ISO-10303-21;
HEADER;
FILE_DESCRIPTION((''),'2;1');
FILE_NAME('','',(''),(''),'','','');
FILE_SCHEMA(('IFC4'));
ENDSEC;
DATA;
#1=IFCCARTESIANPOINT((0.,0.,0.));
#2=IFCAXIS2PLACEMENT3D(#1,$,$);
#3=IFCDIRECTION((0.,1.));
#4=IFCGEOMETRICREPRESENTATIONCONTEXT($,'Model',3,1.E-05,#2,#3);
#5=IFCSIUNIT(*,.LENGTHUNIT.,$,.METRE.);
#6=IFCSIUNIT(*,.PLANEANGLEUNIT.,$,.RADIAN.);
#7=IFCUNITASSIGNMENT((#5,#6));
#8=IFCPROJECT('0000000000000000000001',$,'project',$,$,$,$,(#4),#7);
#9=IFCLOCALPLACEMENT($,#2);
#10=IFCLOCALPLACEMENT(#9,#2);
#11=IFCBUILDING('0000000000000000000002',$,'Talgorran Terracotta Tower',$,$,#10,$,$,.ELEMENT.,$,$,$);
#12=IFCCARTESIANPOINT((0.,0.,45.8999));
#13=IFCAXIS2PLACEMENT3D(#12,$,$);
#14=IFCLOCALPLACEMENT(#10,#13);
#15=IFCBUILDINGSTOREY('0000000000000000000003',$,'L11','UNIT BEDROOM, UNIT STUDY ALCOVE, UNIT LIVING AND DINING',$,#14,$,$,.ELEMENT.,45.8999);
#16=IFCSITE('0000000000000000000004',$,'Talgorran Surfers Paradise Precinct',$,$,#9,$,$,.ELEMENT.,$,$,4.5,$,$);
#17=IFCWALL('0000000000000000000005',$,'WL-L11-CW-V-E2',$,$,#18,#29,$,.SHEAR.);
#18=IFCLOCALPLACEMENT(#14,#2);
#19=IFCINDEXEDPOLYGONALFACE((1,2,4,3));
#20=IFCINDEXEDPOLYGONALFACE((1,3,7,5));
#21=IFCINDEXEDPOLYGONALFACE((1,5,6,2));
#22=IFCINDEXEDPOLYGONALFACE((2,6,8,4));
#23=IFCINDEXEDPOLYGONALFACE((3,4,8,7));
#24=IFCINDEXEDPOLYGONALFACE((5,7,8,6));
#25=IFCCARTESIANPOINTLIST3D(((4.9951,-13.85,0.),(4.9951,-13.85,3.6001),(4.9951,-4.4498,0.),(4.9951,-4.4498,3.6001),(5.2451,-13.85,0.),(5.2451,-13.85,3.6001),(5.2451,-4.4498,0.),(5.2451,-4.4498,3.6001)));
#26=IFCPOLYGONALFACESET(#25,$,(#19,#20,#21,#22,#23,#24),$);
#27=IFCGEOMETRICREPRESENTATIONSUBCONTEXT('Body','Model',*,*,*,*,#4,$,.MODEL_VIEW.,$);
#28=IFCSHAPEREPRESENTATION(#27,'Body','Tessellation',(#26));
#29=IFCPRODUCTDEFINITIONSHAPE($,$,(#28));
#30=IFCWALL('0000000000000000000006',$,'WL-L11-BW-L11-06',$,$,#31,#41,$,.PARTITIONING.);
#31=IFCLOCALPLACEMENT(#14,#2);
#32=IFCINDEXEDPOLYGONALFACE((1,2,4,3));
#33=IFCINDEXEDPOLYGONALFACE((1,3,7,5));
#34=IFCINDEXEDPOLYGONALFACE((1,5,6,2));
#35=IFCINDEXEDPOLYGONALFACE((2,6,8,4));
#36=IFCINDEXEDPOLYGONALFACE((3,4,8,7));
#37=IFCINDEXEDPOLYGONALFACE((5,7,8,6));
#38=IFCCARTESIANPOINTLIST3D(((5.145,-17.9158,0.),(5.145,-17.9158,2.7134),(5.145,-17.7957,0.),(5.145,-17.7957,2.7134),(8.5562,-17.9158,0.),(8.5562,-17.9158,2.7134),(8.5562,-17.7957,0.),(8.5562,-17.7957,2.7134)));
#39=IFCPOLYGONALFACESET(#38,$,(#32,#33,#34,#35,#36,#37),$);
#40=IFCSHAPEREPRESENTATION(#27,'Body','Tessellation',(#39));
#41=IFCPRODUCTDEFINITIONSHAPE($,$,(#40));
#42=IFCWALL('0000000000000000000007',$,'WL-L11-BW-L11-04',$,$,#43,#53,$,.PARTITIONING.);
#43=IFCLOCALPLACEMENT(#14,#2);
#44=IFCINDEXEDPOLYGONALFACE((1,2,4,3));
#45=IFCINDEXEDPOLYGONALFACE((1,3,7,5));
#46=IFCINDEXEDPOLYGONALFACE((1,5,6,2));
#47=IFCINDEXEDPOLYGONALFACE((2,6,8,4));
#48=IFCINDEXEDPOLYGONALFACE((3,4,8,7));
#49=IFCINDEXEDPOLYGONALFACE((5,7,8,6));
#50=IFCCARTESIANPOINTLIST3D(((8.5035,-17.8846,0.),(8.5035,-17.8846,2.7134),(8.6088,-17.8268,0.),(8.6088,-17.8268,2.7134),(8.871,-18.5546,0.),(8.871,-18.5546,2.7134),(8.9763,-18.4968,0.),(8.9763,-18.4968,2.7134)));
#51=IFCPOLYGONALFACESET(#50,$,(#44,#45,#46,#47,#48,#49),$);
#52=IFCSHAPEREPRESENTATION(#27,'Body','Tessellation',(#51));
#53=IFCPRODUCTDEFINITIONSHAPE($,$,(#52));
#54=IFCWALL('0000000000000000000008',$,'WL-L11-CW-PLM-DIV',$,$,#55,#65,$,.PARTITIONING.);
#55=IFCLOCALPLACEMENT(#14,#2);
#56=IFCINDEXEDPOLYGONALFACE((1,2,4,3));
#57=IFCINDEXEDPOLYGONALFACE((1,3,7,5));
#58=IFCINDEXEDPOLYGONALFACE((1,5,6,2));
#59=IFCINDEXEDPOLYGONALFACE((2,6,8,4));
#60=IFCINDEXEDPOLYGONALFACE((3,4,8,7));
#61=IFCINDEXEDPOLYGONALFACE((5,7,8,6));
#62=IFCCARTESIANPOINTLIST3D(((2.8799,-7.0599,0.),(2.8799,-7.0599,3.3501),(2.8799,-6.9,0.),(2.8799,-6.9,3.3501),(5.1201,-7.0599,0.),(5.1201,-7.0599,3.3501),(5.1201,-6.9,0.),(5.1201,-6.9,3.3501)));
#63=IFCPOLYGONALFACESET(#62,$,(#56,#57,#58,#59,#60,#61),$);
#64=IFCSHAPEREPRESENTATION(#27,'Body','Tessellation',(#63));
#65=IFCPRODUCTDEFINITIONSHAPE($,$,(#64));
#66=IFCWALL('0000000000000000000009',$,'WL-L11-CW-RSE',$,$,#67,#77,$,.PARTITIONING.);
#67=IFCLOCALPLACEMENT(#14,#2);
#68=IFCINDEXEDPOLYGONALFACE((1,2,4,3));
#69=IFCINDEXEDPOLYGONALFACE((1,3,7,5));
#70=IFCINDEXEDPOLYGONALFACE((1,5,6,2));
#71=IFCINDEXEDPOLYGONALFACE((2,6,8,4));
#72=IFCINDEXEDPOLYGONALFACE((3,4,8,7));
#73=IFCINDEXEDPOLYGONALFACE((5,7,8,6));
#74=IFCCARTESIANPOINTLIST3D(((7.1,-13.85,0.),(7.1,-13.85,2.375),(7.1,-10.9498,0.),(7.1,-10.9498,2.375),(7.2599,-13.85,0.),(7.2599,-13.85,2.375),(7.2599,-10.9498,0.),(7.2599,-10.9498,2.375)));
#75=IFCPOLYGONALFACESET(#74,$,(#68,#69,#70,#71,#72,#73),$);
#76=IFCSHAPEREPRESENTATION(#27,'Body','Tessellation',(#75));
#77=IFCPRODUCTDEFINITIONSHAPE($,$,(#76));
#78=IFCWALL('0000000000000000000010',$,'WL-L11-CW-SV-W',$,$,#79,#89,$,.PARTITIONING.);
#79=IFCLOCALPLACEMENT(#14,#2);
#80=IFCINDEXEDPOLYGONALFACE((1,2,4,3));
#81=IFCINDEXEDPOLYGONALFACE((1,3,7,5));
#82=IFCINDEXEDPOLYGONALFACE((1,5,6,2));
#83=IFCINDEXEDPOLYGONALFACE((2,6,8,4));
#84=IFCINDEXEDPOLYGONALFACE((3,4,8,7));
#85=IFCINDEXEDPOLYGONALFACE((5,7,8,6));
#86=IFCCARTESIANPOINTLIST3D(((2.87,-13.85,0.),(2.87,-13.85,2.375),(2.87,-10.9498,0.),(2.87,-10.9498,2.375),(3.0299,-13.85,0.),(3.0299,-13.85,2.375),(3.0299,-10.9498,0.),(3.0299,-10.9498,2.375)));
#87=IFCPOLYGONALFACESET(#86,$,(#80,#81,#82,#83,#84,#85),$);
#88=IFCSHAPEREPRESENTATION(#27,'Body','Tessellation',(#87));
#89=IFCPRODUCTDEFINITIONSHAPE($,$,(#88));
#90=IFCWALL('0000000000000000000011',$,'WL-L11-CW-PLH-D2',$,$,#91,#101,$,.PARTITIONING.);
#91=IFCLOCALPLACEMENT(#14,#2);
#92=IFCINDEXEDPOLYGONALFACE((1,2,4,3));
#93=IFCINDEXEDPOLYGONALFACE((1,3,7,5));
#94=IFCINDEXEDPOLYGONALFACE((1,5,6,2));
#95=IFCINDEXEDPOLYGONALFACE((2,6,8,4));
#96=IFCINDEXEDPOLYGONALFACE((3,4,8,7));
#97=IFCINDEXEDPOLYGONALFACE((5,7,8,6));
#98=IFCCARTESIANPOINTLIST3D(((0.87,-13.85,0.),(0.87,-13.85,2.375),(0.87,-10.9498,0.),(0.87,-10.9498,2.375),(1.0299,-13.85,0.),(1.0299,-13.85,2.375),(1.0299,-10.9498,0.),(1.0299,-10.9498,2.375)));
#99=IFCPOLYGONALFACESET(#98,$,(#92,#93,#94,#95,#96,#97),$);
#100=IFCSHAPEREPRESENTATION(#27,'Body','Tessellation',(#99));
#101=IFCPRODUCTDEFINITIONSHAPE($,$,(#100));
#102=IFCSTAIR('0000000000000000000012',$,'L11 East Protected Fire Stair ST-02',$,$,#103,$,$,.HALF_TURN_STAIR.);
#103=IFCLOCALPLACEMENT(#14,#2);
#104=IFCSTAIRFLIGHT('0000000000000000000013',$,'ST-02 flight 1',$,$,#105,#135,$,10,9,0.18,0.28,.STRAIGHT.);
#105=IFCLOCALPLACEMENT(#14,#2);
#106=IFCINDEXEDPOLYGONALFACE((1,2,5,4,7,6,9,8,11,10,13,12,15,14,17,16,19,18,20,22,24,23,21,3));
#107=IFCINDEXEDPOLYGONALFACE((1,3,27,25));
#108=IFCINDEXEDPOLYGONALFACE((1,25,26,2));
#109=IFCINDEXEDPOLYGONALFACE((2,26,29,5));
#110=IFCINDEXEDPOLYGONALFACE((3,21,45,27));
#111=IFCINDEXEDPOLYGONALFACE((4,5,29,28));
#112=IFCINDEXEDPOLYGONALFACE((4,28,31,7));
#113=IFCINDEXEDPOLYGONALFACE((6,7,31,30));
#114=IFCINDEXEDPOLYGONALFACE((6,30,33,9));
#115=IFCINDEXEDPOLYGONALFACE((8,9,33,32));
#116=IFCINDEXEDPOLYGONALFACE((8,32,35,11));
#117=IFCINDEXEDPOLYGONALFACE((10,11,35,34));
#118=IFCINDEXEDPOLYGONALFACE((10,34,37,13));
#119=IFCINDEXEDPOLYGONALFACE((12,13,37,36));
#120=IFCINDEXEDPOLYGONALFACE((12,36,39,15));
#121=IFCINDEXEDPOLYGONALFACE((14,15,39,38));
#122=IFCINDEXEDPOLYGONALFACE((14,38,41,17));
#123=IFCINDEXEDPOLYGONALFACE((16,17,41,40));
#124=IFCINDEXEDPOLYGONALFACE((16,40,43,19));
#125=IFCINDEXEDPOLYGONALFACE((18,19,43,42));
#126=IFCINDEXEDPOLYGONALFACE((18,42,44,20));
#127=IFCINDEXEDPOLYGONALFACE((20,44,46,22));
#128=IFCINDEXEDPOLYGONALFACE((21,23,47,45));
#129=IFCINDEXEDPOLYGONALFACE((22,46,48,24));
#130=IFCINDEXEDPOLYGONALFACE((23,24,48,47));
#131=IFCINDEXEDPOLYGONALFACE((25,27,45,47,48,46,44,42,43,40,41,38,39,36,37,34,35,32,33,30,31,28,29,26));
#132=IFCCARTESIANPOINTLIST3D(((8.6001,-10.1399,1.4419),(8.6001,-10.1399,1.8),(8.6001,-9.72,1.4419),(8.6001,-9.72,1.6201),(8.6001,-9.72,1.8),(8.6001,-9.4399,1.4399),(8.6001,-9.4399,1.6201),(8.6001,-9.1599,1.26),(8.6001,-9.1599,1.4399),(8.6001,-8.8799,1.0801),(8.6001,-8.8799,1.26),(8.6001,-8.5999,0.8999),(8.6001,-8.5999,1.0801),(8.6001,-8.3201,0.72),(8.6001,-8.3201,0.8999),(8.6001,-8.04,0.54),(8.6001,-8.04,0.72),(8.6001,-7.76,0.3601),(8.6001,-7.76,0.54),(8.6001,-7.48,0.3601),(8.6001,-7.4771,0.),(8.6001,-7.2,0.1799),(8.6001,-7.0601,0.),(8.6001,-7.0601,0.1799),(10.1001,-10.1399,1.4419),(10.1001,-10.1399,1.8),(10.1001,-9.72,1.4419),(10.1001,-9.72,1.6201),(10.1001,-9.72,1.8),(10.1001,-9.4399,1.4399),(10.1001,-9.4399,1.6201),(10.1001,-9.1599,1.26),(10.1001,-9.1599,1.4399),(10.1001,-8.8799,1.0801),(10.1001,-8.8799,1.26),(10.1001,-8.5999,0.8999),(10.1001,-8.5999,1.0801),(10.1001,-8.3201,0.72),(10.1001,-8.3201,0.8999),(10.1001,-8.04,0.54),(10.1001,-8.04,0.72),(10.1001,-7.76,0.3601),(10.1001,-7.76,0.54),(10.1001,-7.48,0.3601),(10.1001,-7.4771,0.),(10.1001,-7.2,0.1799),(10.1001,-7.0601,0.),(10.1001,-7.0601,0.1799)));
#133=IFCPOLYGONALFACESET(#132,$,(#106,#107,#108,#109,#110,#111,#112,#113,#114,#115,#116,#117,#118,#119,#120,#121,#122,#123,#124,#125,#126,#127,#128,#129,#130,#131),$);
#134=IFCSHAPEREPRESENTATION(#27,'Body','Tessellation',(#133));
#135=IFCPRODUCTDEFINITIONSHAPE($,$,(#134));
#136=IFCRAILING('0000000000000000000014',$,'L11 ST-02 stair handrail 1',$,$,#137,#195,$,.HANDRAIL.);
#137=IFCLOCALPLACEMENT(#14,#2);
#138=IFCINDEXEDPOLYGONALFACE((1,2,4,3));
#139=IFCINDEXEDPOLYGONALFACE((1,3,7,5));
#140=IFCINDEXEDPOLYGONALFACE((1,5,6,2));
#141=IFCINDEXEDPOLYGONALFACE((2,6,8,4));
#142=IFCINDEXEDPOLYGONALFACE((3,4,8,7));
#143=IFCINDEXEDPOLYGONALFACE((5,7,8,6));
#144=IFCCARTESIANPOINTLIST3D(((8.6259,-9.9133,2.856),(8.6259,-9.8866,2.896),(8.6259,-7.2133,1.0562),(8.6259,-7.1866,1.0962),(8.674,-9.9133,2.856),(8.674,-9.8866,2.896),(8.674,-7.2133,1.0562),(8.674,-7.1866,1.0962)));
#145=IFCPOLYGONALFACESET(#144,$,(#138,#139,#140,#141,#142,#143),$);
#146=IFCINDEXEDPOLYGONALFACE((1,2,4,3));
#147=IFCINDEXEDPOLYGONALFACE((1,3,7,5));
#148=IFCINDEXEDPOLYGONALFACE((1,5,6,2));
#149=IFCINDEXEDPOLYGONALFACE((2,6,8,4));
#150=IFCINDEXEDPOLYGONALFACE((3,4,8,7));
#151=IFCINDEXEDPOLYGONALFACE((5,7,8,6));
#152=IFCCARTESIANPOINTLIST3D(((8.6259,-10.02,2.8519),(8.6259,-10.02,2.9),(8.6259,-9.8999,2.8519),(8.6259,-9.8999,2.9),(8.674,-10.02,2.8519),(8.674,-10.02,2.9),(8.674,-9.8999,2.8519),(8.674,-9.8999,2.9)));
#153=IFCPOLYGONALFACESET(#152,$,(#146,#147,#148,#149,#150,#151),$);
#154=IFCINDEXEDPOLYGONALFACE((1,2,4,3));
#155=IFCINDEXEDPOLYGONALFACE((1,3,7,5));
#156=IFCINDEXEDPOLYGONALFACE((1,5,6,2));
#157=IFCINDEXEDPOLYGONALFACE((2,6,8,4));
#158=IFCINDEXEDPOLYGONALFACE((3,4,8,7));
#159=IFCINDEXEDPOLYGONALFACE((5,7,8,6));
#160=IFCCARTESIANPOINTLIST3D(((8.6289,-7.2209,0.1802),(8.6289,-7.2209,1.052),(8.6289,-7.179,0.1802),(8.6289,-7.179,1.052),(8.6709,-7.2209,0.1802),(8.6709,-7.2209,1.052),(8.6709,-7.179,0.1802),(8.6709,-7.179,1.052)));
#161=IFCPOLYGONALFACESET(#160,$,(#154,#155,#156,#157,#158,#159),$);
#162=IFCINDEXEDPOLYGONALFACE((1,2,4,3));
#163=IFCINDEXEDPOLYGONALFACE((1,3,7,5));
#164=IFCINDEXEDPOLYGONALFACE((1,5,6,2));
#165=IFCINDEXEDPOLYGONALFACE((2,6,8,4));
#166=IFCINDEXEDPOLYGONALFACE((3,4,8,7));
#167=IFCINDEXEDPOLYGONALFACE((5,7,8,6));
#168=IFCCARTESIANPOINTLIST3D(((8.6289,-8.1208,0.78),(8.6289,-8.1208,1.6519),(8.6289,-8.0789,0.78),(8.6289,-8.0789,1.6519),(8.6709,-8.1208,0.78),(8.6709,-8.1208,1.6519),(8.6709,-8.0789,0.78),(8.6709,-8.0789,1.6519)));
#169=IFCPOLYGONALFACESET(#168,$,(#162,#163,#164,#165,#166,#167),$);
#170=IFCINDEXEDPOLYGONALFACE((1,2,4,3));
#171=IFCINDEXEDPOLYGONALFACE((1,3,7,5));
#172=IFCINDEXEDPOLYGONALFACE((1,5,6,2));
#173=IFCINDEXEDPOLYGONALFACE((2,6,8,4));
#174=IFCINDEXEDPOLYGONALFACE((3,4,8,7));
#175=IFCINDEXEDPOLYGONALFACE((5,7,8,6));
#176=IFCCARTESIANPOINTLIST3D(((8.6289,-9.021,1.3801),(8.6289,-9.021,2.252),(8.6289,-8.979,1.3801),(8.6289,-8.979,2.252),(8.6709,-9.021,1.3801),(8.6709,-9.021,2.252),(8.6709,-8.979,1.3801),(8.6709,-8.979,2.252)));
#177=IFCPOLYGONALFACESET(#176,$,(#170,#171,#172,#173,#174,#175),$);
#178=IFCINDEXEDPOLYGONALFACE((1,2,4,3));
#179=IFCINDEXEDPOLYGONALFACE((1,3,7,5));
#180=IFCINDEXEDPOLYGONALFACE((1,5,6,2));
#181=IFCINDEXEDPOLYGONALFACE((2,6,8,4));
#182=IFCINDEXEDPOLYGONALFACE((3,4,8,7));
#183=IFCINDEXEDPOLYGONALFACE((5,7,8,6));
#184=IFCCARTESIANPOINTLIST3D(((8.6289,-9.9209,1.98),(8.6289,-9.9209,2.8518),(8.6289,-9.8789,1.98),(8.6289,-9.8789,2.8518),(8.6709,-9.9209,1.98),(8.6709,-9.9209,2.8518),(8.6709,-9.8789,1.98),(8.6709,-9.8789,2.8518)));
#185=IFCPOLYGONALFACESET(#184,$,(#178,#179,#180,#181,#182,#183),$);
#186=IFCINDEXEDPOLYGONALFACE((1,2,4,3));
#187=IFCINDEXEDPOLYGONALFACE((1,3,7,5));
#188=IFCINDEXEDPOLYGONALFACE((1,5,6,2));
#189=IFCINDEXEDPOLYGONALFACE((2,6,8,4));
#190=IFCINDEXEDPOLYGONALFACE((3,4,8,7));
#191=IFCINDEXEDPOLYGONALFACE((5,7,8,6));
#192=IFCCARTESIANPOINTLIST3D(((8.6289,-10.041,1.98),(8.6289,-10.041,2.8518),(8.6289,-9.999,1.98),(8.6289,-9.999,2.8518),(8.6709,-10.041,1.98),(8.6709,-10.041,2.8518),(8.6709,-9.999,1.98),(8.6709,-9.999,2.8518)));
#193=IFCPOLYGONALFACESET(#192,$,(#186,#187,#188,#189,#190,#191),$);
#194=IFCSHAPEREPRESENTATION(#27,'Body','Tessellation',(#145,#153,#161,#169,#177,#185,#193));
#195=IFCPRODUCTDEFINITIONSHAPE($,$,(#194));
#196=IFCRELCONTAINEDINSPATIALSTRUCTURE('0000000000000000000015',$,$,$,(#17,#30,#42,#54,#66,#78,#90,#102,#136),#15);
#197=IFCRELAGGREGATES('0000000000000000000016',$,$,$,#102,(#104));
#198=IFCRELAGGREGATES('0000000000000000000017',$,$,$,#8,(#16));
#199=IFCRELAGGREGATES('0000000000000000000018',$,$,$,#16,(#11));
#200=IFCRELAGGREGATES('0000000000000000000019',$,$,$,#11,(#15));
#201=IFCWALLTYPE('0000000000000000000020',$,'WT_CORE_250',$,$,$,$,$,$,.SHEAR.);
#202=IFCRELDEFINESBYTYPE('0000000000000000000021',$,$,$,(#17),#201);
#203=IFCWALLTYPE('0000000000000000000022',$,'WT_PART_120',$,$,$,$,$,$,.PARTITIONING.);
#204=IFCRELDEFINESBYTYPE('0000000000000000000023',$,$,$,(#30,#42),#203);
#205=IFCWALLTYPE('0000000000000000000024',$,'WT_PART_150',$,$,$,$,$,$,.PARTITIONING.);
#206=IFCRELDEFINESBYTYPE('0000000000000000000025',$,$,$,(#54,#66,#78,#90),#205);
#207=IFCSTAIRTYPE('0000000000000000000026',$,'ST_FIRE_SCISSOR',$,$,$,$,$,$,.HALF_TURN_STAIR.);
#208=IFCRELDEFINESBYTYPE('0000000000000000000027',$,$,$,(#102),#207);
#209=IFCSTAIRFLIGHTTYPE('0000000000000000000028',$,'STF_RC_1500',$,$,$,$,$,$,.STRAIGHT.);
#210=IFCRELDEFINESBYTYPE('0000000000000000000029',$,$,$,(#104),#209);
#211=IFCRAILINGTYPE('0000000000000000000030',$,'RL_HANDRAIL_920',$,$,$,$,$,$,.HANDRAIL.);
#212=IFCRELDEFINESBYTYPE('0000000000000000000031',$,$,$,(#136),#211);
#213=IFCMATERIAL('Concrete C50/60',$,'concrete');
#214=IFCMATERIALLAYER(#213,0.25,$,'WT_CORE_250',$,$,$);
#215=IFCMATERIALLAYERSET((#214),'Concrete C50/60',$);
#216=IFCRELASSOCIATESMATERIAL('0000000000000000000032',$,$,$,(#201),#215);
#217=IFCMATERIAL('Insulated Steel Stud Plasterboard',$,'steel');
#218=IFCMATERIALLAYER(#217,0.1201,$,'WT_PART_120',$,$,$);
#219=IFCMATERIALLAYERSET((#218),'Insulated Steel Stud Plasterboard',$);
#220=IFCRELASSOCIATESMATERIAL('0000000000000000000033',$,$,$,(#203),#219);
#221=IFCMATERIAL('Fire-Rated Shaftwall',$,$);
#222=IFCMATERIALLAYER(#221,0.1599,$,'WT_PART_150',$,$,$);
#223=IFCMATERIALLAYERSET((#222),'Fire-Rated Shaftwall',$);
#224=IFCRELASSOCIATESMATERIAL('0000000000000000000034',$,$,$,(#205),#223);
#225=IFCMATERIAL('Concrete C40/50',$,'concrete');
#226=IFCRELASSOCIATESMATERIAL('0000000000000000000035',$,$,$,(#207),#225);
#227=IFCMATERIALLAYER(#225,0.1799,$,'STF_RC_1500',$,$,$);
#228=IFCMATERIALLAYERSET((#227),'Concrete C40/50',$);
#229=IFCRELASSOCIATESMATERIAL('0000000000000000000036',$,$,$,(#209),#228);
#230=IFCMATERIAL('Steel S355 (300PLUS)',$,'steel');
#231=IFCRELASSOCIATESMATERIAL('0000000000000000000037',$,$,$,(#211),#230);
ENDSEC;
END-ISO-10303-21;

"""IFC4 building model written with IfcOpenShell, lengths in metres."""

from ifc_helpers import new_model, si_unit, direction, frame, frame_2d, origin, origin_2d, place, context, subcontext, project, spatial, polyline, rectangle, outline, extrude, material, layer, layer_set, type_object, element, aggregate, save


model = new_model("IFC4")

# Units and contexts
model_context = context("Model", 3, precision=1e-05, world=origin(), true_north=direction((0.0, 1.0)))
body_context = subcontext(model_context, "Body", "Model", "MODEL_VIEW")
ifc_project = project(units=[si_unit("LENGTHUNIT", "METRE"), si_unit("PLANEANGLEUNIT", "RADIAN")], contexts=[model_context])

# Site, building, storey
site_placement = place(None, origin())
site = spatial("IfcSite", under=ifc_project, at=site_placement, Name="Talgorran Surfers Paradise Precinct", CompositionType="ELEMENT", RefElevation=4.5)
building_placement = place(site_placement, origin())
building = spatial("IfcBuilding", under=site, at=building_placement, Name="Talgorran Terracotta Tower", CompositionType="ELEMENT")
storey_placement = place(building_placement, frame((0.0, 0.0, 45.8999)))
storey = spatial("IfcBuildingStorey", under=building, at=storey_placement, Name="L11", Description="UNIT BEDROOM, UNIT STUDY ALCOVE, UNIT LIVING AND DINING", CompositionType="ELEMENT", Elevation=45.8999)

# Shared definitions
ifc_material_1 = material(Name="Steel S355 (300PLUS)", Category="steel")

# Shared definitions
ifc_material_2 = material(Name="Concrete C50/60", Category="concrete")

# Shared definitions
ifc_layer_1 = layer(ifc_material_2, 0.25, Name="WT_CORE_250")
ifc_layer_set_1 = layer_set([ifc_layer_1], Name="Concrete C50/60")
wall_type_1 = type_object("IfcWallType", Name="WT_CORE_250", PredefinedType="SHEAR", material=ifc_layer_set_1)

# Walls
wall_1_placement = place(storey_placement, frame((5.1201, -13.8501, 0.0), z_axis=(0.0, 0.0, 1.0), x_axis=(0.0, 1.0, 0.0)))
element("IfcWall", 1, at=wall_1_placement, inside=storey, type_object=wall_type_1, Name="WL-L11-CW-V-E2", PredefinedType="SHEAR", context=body_context, shape_type="SweptSolid", body=[
    extrude(rectangle(XDim=9.4001, YDim=0.25, at=frame_2d((4.7002, 0.0))), origin(), (0.0, 0.0, 1.0), 3.6001),
])
ifc_material_3 = material(Name="Insulated Steel Stud Plasterboard", Category="steel")
ifc_layer_2 = layer(ifc_material_3, 0.1201, Name="WT_PART_120")
ifc_layer_set_2 = layer_set([ifc_layer_2], Name="Insulated Steel Stud Plasterboard")
wall_type_2 = type_object("IfcWallType", Name="WT_PART_120", PredefinedType="PARTITIONING", material=ifc_layer_set_2)
wall_2_placement = place(storey_placement, frame((5.145, -17.8557, 0.0), z_axis=(0.0, 0.0, 1.0), x_axis=(1.0, 0.0, 0.0)))
element("IfcWall", 2, at=wall_2_placement, inside=storey, type_object=wall_type_2, Name="WL-L11-BW-L11-06", PredefinedType="PARTITIONING", context=body_context, shape_type="SweptSolid", body=[
    extrude(rectangle(XDim=3.4111, YDim=0.1201, at=frame_2d((1.7056, 0.0))), origin(), (0.0, 0.0, 1.0), 2.7134),
])
wall_3_placement = place(storey_placement, frame((8.5562, -17.8557, 0.0), z_axis=(0.0, 0.0, 1.0), x_axis=(0.480888, -0.876782, 0.0)))
element("IfcWall", 3, at=wall_3_placement, inside=storey, type_object=wall_type_2, Name="WL-L11-BW-L11-04", PredefinedType="PARTITIONING", context=body_context, shape_type="SweptSolid", body=[
    extrude(rectangle(XDim=0.7642, YDim=0.1201, at=frame_2d((0.3821, 0.0))), origin(), (0.0, 0.0, 1.0), 2.7134),
])
ifc_material_4 = material(Name="Fire-Rated Shaftwall")
ifc_layer_3 = layer(ifc_material_4, 0.1599, Name="WT_PART_150")
ifc_layer_set_3 = layer_set([ifc_layer_3], Name="Fire-Rated Shaftwall")
wall_type_3 = type_object("IfcWallType", Name="WT_PART_150", PredefinedType="PARTITIONING", material=ifc_layer_set_3)
wall_4_placement = place(storey_placement, frame((2.8799, -6.98, 0.0), z_axis=(0.0, 0.0, 1.0), x_axis=(1.0, 0.0, 0.0)))
element("IfcWall", 4, at=wall_4_placement, inside=storey, type_object=wall_type_3, Name="WL-L11-CW-PLM-DIV", PredefinedType="PARTITIONING", context=body_context, shape_type="SweptSolid", body=[
    extrude(rectangle(XDim=2.2402, YDim=0.1599, at=frame_2d((1.1201, 0.0))), origin(), (0.0, 0.0, 1.0), 3.3501),
])
for number, where, z_axis, x_axis, name in (
    (5, (7.1799, -13.8501, 0.0), (0.0, 0.0, 1.0), (0.0, 1.0, 0.0), "WL-L11-CW-RSE"),
    (6, (2.95, -13.8501, 0.0), (0.0, 0.0, 1.0), (0.0, 1.0, 0.0), "WL-L11-CW-SV-W"),
    (7, (0.95, -13.8501, 0.0), (0.0, 0.0, 1.0), (0.0, 1.0, 0.0), "WL-L11-CW-PLH-D2"),
):
    element("IfcWall", number, at=place(storey_placement, frame(where, z_axis=z_axis, x_axis=x_axis)), inside=storey, type_object=wall_type_3, Name=name, PredefinedType="PARTITIONING", context=body_context, shape_type="SweptSolid", body=[
        extrude(rectangle(XDim=2.9001, YDim=0.1599, at=frame_2d((1.4502, 0.0))), origin(), (0.0, 0.0, 1.0), 2.375),
    ])

# Stair, stair flight
ifc_material_5 = material(Name="Concrete C40/50", Category="concrete")
stair_type = type_object("IfcStairType", Name="ST_FIRE_SCISSOR", PredefinedType="HALF_TURN_STAIR", material=ifc_material_5)
stair_placement = place(storey_placement, origin())
stair = element("IfcStair", 8, at=stair_placement, inside=storey, type_object=stair_type, Name="L11 East Protected Fire Stair ST-02", PredefinedType="HALF_TURN_STAIR")
ifc_layer_4 = layer(ifc_material_5, 0.1799, Name="STF_RC_1500")
ifc_layer_set_4 = layer_set([ifc_layer_4], Name="Concrete C40/50")
stair_flight_type = type_object("IfcStairFlightType", Name="STF_RC_1500", PredefinedType="STRAIGHT", material=ifc_layer_set_4)
stair_flight_placement = place(storey_placement, frame((9.3501, -7.2, 0.0), z_axis=(0.0, 0.0, 1.0), x_axis=(0.0, -1.0, 0.0)))
stair_flight = element("IfcStairFlight", 9, at=stair_flight_placement, type_object=stair_flight_type, Name="ST-02 flight 1", NumberOfRisers=10, NumberOfTreads=9, PredefinedType="STRAIGHT", RiserHeight=0.18, TreadLength=0.28, context=body_context, shape_type="SweptSolid", body=[
    extrude(outline(polyline([(-0.1399, 0.0), (-0.1399, 0.1799), (0.0, 0.1799), (0.28, 0.3601), (0.5601, 0.3601), (0.5601, 0.54), (0.8401, 0.54), (0.8401, 0.72), (1.1201, 0.72), (1.1201, 0.8999), (1.3999, 0.8999), (1.3999, 1.0801), (1.6799, 1.0801), (1.6799, 1.26), (1.96, 1.26), (1.96, 1.4399), (2.24, 1.4399), (2.24, 1.6201), (2.52, 1.6201), (2.52, 1.8), (2.9399, 1.8), (2.9399, 1.4419), (2.52, 1.4419), (0.2771, 0.0), (-0.1399, 0.0)])), frame((0.0, 0.75, 0.0), z_axis=(0.0, -1.0, 0.0), x_axis=(1.0, 0.0, 0.0)), (0.0, 0.0, 1.0), 1.5),
])
aggregate(stair, [stair_flight])

# Railing
railing_type = type_object("IfcRailingType", Name="RL_HANDRAIL_920", PredefinedType="HANDRAIL", material=ifc_material_1)
railing_placement = place(storey_placement, frame((8.6499, -7.2, 0.1802)))
element("IfcRailing", 10, at=railing_placement, inside=storey, type_object=railing_type, Name="L11 ST-02 stair handrail 1", PredefinedType="HANDRAIL", context=body_context, shape_type="SweptSolid", body=[
    extrude(rectangle(XDim=0.0481, YDim=0.0481, at=origin_2d()), frame((0.0, 0.0, 0.896), z_axis=(0.0, -0.832073, 0.554665), x_axis=(1.0, 0.0, 0.0)), (0.0, 0.0, 1.0), 3.2449),
    extrude(rectangle(XDim=0.0481, YDim=0.0481, at=origin_2d()), frame((0.0, -2.7, 2.6958), z_axis=(0.0, -1.0, 0.0), x_axis=(1.0, 0.0, 0.0)), (0.0, 0.0, 1.0), 0.1201),
    extrude(rectangle(XDim=0.042, YDim=0.042, at=origin_2d()), origin(), (0.0, 0.0, 1.0), 0.8718),
    extrude(rectangle(XDim=0.042, YDim=0.042, at=origin_2d()), frame((0.0, -0.8999, 0.5999)), (0.0, 0.0, 1.0), 0.8718),
    extrude(rectangle(XDim=0.042, YDim=0.042, at=origin_2d()), frame((0.0, -1.8, 1.2)), (0.0, 0.0, 1.0), 0.8718),
    extrude(rectangle(XDim=0.042, YDim=0.042, at=origin_2d()), frame((0.0, -2.7, 1.7998)), (0.0, 0.0, 1.0), 0.8718),
    extrude(rectangle(XDim=0.042, YDim=0.042, at=origin_2d()), frame((0.0, -2.8201, 1.7998)), (0.0, 0.0, 1.0), 0.8718),
])

save(model, "model.ifc")
